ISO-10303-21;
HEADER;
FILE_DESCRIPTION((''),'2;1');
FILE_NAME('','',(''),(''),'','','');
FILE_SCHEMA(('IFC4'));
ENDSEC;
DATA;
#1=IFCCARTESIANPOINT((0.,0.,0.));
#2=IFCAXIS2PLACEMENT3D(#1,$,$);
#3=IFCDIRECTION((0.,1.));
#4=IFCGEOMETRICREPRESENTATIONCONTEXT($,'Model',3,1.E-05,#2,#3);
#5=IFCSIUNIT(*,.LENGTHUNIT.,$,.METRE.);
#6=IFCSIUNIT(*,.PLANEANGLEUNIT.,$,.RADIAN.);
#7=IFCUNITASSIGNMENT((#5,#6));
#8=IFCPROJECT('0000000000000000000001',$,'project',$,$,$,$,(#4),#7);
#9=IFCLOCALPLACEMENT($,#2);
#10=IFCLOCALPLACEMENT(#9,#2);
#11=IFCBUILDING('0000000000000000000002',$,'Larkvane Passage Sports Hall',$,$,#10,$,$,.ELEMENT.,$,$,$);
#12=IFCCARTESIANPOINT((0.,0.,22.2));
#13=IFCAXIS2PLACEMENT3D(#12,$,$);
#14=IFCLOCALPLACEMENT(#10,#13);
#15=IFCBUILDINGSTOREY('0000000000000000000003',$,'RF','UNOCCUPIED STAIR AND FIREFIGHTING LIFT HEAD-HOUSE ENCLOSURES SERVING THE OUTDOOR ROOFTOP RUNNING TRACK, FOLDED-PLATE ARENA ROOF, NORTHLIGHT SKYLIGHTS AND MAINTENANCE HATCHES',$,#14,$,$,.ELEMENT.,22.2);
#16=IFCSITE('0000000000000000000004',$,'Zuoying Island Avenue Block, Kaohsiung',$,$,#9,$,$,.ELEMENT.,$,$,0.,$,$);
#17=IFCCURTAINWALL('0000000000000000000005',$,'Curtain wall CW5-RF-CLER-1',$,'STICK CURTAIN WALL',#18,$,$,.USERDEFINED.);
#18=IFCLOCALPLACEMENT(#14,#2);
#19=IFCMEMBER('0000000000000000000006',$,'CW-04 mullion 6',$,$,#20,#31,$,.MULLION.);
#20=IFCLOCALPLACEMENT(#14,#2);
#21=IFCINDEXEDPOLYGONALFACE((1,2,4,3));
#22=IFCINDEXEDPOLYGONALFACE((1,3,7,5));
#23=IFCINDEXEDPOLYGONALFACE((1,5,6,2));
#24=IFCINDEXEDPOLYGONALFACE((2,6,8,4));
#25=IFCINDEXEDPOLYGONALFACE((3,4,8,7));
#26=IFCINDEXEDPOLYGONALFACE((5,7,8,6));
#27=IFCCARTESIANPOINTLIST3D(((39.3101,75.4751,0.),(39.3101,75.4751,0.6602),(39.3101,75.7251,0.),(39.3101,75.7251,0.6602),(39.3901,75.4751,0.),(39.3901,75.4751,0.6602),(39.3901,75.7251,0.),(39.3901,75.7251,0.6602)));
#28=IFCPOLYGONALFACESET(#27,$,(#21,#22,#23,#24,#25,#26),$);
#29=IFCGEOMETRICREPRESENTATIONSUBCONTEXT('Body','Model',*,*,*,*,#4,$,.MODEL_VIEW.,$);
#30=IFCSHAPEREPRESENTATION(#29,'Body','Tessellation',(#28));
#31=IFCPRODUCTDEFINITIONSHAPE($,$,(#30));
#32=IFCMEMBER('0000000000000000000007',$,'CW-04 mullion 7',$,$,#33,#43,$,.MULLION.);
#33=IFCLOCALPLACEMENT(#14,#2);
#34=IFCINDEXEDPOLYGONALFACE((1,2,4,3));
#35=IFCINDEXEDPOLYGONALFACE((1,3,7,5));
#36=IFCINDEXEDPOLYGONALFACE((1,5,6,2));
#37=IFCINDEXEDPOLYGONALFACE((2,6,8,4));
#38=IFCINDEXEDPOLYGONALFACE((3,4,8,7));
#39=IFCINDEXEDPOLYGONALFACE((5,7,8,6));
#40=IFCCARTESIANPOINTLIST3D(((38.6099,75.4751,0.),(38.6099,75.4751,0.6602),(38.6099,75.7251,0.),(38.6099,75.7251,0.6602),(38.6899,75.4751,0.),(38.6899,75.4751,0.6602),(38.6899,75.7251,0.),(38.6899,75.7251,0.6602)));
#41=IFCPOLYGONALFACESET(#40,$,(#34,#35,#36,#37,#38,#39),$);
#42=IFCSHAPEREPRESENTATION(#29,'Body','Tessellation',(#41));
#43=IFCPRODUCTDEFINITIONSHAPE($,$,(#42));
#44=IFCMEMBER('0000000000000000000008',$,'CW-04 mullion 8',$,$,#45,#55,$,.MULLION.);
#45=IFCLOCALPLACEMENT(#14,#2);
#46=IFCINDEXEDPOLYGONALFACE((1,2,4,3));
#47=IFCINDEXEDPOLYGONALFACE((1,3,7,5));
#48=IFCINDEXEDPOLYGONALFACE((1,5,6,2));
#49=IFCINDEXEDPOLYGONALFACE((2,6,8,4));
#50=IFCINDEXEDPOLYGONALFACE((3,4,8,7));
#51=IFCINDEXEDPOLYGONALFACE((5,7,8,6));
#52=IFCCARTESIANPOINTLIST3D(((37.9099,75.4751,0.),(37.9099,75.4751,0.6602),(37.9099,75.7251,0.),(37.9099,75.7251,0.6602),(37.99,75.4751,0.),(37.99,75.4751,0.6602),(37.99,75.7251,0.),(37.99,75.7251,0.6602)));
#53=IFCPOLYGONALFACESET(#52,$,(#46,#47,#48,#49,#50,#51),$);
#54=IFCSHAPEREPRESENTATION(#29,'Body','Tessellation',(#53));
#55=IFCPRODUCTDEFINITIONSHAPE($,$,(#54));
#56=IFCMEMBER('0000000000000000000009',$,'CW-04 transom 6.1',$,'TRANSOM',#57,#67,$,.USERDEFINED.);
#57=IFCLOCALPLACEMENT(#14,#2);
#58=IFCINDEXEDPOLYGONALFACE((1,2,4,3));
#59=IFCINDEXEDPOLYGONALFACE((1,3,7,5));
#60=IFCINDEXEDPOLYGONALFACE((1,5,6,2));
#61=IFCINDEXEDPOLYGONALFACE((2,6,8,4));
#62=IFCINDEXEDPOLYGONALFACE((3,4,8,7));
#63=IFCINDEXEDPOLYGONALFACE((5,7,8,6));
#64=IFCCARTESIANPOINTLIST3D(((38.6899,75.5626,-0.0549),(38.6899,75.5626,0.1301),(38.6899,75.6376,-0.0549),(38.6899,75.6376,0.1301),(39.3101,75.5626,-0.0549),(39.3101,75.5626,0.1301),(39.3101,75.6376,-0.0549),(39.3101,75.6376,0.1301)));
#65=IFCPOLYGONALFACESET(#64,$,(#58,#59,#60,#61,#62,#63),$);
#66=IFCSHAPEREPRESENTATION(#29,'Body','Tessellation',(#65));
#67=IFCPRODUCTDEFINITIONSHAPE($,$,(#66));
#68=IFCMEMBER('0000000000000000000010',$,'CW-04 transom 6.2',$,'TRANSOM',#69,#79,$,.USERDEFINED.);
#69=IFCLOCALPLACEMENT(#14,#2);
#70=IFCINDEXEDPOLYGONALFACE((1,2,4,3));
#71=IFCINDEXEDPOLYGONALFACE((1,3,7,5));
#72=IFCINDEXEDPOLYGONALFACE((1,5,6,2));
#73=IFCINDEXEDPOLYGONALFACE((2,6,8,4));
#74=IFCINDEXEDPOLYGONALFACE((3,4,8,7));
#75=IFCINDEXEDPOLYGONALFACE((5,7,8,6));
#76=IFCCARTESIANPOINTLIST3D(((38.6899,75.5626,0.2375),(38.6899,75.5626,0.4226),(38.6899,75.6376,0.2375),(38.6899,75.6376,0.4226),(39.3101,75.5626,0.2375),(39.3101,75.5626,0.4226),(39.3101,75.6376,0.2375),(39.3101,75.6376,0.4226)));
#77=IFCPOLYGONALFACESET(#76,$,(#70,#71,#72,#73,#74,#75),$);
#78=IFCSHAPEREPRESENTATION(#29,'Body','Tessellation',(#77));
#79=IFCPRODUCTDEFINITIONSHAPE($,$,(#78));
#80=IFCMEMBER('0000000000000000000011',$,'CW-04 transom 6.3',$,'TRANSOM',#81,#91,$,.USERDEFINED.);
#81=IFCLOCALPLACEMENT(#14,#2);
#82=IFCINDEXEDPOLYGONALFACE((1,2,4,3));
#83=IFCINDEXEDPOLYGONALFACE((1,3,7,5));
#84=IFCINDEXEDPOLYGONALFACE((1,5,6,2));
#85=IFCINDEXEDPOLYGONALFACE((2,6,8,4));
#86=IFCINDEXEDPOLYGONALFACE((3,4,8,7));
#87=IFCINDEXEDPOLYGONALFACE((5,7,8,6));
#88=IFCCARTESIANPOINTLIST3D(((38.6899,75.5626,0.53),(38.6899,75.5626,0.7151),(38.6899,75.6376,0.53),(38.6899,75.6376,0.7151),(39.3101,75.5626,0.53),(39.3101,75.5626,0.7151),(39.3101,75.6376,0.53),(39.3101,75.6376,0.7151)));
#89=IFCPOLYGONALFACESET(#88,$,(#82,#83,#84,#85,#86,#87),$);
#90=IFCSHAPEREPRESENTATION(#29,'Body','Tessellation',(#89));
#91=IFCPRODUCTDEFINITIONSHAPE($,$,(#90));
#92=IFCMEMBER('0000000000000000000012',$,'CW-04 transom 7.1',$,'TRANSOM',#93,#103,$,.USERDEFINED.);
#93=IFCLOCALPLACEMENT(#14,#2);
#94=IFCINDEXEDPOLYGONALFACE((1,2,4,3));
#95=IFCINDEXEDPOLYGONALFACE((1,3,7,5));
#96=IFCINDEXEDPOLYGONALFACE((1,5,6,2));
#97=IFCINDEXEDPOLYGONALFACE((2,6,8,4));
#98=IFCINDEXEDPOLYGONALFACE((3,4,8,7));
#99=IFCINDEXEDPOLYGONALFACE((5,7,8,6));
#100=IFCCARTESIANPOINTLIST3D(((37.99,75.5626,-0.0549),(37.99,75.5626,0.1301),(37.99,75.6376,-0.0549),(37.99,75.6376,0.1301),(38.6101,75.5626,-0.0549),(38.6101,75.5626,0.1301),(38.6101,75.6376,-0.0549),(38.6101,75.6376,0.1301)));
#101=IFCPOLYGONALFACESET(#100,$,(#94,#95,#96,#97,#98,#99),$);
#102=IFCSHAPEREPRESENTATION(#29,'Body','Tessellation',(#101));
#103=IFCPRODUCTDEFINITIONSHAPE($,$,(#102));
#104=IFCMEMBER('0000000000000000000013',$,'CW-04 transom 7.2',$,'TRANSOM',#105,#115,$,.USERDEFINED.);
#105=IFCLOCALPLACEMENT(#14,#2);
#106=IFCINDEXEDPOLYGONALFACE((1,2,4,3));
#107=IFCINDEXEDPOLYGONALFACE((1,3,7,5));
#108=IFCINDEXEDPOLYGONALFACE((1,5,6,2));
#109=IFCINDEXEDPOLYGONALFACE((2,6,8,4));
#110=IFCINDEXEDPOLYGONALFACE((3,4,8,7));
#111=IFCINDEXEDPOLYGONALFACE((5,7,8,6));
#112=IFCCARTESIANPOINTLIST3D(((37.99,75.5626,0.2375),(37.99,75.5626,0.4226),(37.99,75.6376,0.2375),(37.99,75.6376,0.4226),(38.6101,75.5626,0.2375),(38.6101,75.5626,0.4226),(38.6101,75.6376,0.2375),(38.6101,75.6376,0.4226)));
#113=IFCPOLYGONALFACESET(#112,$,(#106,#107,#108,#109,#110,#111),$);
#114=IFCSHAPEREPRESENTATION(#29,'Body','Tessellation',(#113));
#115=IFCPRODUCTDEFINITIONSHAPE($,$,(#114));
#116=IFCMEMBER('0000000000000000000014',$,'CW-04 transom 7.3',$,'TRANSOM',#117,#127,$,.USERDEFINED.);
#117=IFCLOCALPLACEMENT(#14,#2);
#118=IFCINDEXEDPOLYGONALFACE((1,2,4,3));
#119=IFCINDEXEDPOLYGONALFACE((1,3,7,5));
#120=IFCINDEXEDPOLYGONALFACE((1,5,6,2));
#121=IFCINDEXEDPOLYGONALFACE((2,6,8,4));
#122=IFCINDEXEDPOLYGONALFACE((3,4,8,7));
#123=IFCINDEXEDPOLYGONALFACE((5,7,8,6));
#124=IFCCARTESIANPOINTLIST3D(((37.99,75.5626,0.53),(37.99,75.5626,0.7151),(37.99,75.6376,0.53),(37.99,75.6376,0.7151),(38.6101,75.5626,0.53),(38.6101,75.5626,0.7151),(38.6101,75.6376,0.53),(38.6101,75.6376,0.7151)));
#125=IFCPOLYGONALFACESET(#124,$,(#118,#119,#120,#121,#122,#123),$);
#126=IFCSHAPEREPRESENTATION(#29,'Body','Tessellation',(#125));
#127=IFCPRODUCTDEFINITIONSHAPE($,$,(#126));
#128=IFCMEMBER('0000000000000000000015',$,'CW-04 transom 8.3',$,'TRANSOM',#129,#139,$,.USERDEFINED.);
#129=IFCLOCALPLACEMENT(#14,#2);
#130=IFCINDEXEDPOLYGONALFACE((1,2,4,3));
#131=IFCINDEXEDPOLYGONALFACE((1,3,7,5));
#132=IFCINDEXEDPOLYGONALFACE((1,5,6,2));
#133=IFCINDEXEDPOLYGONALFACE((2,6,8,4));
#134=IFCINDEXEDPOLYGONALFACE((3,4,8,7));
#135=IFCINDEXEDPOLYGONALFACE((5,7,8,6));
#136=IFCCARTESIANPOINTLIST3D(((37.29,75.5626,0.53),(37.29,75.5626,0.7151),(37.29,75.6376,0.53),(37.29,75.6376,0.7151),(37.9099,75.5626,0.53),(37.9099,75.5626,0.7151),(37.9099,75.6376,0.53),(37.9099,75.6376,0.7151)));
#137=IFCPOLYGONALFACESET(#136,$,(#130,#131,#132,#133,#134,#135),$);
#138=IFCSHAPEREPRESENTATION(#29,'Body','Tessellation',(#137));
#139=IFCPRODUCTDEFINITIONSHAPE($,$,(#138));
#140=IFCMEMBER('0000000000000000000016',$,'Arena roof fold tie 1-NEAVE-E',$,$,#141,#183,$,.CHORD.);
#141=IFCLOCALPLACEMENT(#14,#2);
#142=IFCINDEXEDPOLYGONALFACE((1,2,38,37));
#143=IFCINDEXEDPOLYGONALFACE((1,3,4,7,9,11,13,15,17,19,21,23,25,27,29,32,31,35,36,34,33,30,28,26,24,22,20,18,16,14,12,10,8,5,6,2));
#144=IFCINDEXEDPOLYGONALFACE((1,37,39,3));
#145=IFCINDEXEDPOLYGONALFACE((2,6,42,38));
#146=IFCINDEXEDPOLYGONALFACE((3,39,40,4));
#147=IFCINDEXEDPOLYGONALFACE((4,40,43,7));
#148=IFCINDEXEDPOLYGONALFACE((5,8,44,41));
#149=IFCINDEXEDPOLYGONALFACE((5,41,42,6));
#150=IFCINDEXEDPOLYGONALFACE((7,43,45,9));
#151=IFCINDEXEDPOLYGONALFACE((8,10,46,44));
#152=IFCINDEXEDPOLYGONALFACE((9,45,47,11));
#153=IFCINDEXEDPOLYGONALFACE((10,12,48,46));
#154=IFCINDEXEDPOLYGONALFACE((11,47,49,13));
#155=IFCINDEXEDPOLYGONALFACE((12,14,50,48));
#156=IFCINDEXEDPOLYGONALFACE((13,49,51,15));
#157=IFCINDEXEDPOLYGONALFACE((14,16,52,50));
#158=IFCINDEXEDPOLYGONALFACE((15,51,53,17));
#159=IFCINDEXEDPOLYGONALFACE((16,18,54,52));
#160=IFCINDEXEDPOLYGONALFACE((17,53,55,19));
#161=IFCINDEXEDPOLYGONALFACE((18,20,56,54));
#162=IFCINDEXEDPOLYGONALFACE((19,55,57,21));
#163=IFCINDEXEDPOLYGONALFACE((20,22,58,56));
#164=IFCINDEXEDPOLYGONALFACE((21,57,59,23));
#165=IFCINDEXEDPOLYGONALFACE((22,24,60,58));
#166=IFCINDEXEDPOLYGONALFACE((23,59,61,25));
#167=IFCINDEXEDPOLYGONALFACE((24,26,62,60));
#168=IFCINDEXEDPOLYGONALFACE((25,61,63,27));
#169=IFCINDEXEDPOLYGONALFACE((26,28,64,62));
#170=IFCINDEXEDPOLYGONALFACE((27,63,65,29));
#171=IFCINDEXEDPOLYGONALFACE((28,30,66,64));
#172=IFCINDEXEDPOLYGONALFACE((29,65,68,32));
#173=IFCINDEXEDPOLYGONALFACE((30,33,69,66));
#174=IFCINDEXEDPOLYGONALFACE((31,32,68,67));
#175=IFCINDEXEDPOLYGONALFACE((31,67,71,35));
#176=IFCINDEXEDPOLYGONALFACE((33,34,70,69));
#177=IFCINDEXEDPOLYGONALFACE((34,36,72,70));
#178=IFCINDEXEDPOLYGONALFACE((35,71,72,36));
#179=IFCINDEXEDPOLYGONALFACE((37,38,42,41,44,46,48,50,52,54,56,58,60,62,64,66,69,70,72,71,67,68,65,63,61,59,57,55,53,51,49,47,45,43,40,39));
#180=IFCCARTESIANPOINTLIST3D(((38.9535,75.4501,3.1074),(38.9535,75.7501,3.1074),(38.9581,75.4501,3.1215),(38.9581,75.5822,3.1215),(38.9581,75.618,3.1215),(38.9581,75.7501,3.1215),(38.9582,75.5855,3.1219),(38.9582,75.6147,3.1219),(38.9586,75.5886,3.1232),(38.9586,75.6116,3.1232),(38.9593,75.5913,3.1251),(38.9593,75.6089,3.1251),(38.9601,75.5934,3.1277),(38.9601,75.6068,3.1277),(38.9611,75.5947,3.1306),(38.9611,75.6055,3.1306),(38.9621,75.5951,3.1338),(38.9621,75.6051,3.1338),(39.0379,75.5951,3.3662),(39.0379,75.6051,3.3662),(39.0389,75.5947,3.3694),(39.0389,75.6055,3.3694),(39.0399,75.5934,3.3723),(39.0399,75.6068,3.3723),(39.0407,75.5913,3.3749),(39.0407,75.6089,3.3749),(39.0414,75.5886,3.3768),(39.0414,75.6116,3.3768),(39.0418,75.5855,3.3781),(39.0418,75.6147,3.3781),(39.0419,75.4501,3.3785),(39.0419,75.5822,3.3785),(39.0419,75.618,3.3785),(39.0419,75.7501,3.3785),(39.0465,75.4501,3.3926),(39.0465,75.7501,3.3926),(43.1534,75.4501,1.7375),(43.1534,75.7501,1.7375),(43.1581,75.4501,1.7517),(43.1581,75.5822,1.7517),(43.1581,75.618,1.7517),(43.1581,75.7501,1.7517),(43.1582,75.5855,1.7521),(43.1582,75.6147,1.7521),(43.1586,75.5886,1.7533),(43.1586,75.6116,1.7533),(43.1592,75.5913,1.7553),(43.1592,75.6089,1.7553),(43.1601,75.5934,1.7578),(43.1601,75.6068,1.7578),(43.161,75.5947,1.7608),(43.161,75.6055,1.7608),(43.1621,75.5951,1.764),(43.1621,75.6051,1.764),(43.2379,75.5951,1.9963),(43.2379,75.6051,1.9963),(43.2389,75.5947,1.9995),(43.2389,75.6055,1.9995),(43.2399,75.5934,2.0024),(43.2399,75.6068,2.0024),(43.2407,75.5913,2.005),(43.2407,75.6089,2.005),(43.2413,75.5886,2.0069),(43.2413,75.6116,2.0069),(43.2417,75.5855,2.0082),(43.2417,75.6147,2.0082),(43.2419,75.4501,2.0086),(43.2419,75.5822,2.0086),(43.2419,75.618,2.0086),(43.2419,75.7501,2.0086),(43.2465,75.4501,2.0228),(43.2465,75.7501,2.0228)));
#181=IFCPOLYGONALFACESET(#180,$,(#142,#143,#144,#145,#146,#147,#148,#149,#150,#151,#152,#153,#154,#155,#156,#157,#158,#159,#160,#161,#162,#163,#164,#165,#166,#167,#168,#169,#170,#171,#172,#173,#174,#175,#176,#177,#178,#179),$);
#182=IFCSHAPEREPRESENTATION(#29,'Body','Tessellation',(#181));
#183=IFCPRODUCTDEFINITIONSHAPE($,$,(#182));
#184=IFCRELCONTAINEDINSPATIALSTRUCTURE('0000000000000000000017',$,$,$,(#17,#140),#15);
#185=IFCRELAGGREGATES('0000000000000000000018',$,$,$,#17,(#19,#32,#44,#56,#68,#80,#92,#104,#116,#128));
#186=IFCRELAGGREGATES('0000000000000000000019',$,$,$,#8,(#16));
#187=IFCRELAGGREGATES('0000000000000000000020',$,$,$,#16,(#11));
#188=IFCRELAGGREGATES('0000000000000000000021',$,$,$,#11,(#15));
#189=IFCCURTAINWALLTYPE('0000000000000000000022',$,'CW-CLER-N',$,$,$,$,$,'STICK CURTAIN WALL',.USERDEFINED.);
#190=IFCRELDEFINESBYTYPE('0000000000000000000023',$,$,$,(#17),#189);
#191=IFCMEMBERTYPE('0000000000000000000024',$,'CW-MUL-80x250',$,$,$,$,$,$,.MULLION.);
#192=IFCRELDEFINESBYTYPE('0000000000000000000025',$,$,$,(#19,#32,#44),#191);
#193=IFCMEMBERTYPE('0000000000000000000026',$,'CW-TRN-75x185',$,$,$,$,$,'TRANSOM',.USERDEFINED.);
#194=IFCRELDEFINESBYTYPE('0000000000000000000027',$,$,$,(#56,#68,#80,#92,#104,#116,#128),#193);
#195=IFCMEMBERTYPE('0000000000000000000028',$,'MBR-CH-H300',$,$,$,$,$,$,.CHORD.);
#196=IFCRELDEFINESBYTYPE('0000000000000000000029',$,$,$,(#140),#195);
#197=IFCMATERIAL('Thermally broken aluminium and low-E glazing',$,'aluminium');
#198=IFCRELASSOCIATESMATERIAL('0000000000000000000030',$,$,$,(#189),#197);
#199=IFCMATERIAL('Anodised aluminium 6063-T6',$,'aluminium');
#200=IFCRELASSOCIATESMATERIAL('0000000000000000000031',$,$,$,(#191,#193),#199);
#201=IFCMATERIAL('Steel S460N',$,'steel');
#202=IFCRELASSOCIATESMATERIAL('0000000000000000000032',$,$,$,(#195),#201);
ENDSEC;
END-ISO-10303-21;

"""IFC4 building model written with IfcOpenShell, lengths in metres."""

from ifc_helpers import new_model, si_unit, direction, frame, origin, origin_2d, place, context, subcontext, project, spatial, rectangle, i_section, extrude, material, material_profile, profile_set, type_object, element, aggregate, save


model = new_model("IFC4")

# Units and contexts
model_context = context("Model", 3, precision=1e-05, world=origin(), true_north=direction((0.0, 1.0)))
body_context = subcontext(model_context, "Body", "Model", "MODEL_VIEW")
ifc_project = project(units=[si_unit("LENGTHUNIT", "METRE"), si_unit("PLANEANGLEUNIT", "RADIAN")], contexts=[model_context])

# Site, building, storey
site_placement = place(None, origin())
site = spatial("IfcSite", under=ifc_project, at=site_placement, Name="Zuoying Island Avenue Block, Kaohsiung", CompositionType="ELEMENT", RefElevation=0.0)
building_placement = place(site_placement, origin())
building = spatial("IfcBuilding", under=site, at=building_placement, Name="Larkvane Passage Sports Hall", CompositionType="ELEMENT")
storey_placement = place(building_placement, frame((0.0, 0.0, 22.2)))
storey = spatial("IfcBuildingStorey", under=building, at=storey_placement, Name="RF", Description="UNOCCUPIED STAIR AND FIREFIGHTING LIFT HEAD-HOUSE ENCLOSURES SERVING THE OUTDOOR ROOFTOP RUNNING TRACK, FOLDED-PLATE ARENA ROOF, NORTHLIGHT SKYLIGHTS AND MAINTENANCE HATCHES", CompositionType="ELEMENT", Elevation=22.2)

# Curtain wall, members
ifc_material_1 = material(Name="Thermally broken aluminium and low-E glazing", Category="aluminium")
curtain_wall_type = type_object("IfcCurtainWallType", Name="CW-CLER-N", ElementType="STICK CURTAIN WALL", PredefinedType="USERDEFINED", material=ifc_material_1)
curtain_wall_placement = place(storey_placement, origin())
curtain_wall = element("IfcCurtainWall", 1, at=curtain_wall_placement, inside=storey, type_object=curtain_wall_type, Name="Curtain wall CW5-RF-CLER-1", ObjectType="STICK CURTAIN WALL", PredefinedType="USERDEFINED")
ifc_material_2 = material(Name="Anodised aluminium 6063-T6", Category="aluminium")
ifc_material_profile_1 = material_profile(ifc_material_2, rectangle(XDim=0.0801, YDim=0.25, at=origin_2d()), Name="ALU-MUL-80x250")
ifc_profile_set_1 = profile_set([ifc_material_profile_1], Name="Anodised aluminium 6063-T6")
member_type_1 = type_object("IfcMemberType", Name="CW-MUL-80x250", PredefinedType="MULLION", material=ifc_profile_set_1)
member_1_placement = place(storey_placement, frame((39.3501, 75.6001, 0.0), z_axis=(0.0, 0.0, 1.0), x_axis=(-1.0, 0.0, 0.0)))
member_1 = element("IfcMember", 2, at=member_1_placement, type_object=member_type_1, Name="CW-04 mullion 6", PredefinedType="MULLION", context=body_context, shape_type="SweptSolid", body=[
    extrude(rectangle(XDim=0.0801, YDim=0.25, at=origin_2d()), origin(), (0.0, 0.0, 1.0), 0.6602),
])
member_2_placement = place(storey_placement, frame((38.6499, 75.6001, 0.0), z_axis=(0.0, 0.0, 1.0), x_axis=(-1.0, 0.0, 0.0)))
member_2 = element("IfcMember", 3, at=member_2_placement, type_object=member_type_1, Name="CW-04 mullion 7", PredefinedType="MULLION", context=body_context, shape_type="SweptSolid", body=[
    extrude(rectangle(XDim=0.0801, YDim=0.25, at=origin_2d()), origin(), (0.0, 0.0, 1.0), 0.6602),
])
member_3_placement = place(storey_placement, frame((37.95, 75.6001, 0.0), z_axis=(0.0, 0.0, 1.0), x_axis=(-1.0, 0.0, 0.0)))
member_3 = element("IfcMember", 4, at=member_3_placement, type_object=member_type_1, Name="CW-04 mullion 8", PredefinedType="MULLION", context=body_context, shape_type="SweptSolid", body=[
    extrude(rectangle(XDim=0.0801, YDim=0.25, at=origin_2d()), origin(), (0.0, 0.0, 1.0), 0.6602),
])
ifc_material_profile_2 = material_profile(ifc_material_2, rectangle(XDim=0.075, YDim=0.1851, at=origin_2d()), Name="ALU-TRN-75x185")
ifc_profile_set_2 = profile_set([ifc_material_profile_2], Name="Anodised aluminium 6063-T6")
member_type_2 = type_object("IfcMemberType", Name="CW-TRN-75x185", ElementType="TRANSOM", PredefinedType="USERDEFINED", material=ifc_profile_set_2)
member_4_placement = place(storey_placement, frame((39.3101, 75.6001, 0.0376), z_axis=(-1.0, 0.0, 0.0), x_axis=(0.0, -1.0, 0.0)))
member_4 = element("IfcMember", 5, at=member_4_placement, type_object=member_type_2, Name="CW-04 transom 6.1", ObjectType="TRANSOM", PredefinedType="USERDEFINED", context=body_context, shape_type="SweptSolid", body=[
    extrude(rectangle(XDim=0.075, YDim=0.1851, at=origin_2d()), origin(), (0.0, 0.0, 1.0), 0.6201),
])
member_5_placement = place(storey_placement, frame((39.3101, 75.6001, 0.3301), z_axis=(-1.0, 0.0, 0.0), x_axis=(0.0, -1.0, 0.0)))
member_5 = element("IfcMember", 6, at=member_5_placement, type_object=member_type_2, Name="CW-04 transom 6.2", ObjectType="TRANSOM", PredefinedType="USERDEFINED", context=body_context, shape_type="SweptSolid", body=[
    extrude(rectangle(XDim=0.075, YDim=0.1851, at=origin_2d()), origin(), (0.0, 0.0, 1.0), 0.6201),
])
member_6_placement = place(storey_placement, frame((39.3101, 75.6001, 0.6226), z_axis=(-1.0, 0.0, 0.0), x_axis=(0.0, -1.0, 0.0)))
member_6 = element("IfcMember", 7, at=member_6_placement, type_object=member_type_2, Name="CW-04 transom 6.3", ObjectType="TRANSOM", PredefinedType="USERDEFINED", context=body_context, shape_type="SweptSolid", body=[
    extrude(rectangle(XDim=0.075, YDim=0.1851, at=origin_2d()), origin(), (0.0, 0.0, 1.0), 0.6201),
])
member_7_placement = place(storey_placement, frame((38.6101, 75.6001, 0.0376), z_axis=(-1.0, 0.0, 0.0), x_axis=(0.0, -1.0, 0.0)))
member_7 = element("IfcMember", 8, at=member_7_placement, type_object=member_type_2, Name="CW-04 transom 7.1", ObjectType="TRANSOM", PredefinedType="USERDEFINED", context=body_context, shape_type="SweptSolid", body=[
    extrude(rectangle(XDim=0.075, YDim=0.1851, at=origin_2d()), origin(), (0.0, 0.0, 1.0), 0.6201),
])
member_8_placement = place(storey_placement, frame((38.6101, 75.6001, 0.3301), z_axis=(-1.0, 0.0, 0.0), x_axis=(0.0, -1.0, 0.0)))
member_8 = element("IfcMember", 9, at=member_8_placement, type_object=member_type_2, Name="CW-04 transom 7.2", ObjectType="TRANSOM", PredefinedType="USERDEFINED", context=body_context, shape_type="SweptSolid", body=[
    extrude(rectangle(XDim=0.075, YDim=0.1851, at=origin_2d()), origin(), (0.0, 0.0, 1.0), 0.6201),
])
member_9_placement = place(storey_placement, frame((38.6101, 75.6001, 0.6226), z_axis=(-1.0, 0.0, 0.0), x_axis=(0.0, -1.0, 0.0)))
member_9 = element("IfcMember", 10, at=member_9_placement, type_object=member_type_2, Name="CW-04 transom 7.3", ObjectType="TRANSOM", PredefinedType="USERDEFINED", context=body_context, shape_type="SweptSolid", body=[
    extrude(rectangle(XDim=0.075, YDim=0.1851, at=origin_2d()), origin(), (0.0, 0.0, 1.0), 0.6201),
])
member_10_placement = place(storey_placement, frame((37.9099, 75.6001, 0.6226), z_axis=(-1.0, 0.0, 0.0), x_axis=(0.0, -1.0, 0.0)))
member_10 = element("IfcMember", 11, at=member_10_placement, type_object=member_type_2, Name="CW-04 transom 8.3", ObjectType="TRANSOM", PredefinedType="USERDEFINED", context=body_context, shape_type="SweptSolid", body=[
    extrude(rectangle(XDim=0.075, YDim=0.1851, at=origin_2d()), origin(), (0.0, 0.0, 1.0), 0.6199),
])

# Member
ifc_material_3 = material(Name="Steel S460N", Category="steel")
ifc_material_profile_3 = material_profile(ifc_material_3, i_section(OverallWidth=0.3, OverallDepth=0.3, WebThickness=0.01, FlangeThickness=0.0149, FilletRadius=0.0129, at=origin_2d()), Name="H-300x300x10x15")
ifc_profile_set_3 = profile_set([ifc_material_profile_3], Name="Steel S460N")
member_type_3 = type_object("IfcMemberType", Name="MBR-CH-H300", PredefinedType="CHORD", material=ifc_profile_set_3)
member_11_placement = place(storey_placement, frame((39.0, 75.6001, 3.25), z_axis=(0.950708, 0.0, -0.310087), x_axis=(0.0, 1.0, 0.0)))
element("IfcMember", 12, at=member_11_placement, inside=storey, type_object=member_type_3, Name="Arena roof fold tie 1-NEAVE-E", PredefinedType="CHORD", context=body_context, shape_type="SweptSolid", body=[
    extrude(i_section(OverallWidth=0.3, OverallDepth=0.3, WebThickness=0.01, FlangeThickness=0.0149, FilletRadius=0.0129, at=origin_2d()), origin(), (0.0, 0.0, 1.0), 4.4177),
])

aggregate(curtain_wall, [member_1, member_2, member_3, member_4, member_5, member_6, member_7, member_8, member_9, member_10])

save(model, "model.ifc")
